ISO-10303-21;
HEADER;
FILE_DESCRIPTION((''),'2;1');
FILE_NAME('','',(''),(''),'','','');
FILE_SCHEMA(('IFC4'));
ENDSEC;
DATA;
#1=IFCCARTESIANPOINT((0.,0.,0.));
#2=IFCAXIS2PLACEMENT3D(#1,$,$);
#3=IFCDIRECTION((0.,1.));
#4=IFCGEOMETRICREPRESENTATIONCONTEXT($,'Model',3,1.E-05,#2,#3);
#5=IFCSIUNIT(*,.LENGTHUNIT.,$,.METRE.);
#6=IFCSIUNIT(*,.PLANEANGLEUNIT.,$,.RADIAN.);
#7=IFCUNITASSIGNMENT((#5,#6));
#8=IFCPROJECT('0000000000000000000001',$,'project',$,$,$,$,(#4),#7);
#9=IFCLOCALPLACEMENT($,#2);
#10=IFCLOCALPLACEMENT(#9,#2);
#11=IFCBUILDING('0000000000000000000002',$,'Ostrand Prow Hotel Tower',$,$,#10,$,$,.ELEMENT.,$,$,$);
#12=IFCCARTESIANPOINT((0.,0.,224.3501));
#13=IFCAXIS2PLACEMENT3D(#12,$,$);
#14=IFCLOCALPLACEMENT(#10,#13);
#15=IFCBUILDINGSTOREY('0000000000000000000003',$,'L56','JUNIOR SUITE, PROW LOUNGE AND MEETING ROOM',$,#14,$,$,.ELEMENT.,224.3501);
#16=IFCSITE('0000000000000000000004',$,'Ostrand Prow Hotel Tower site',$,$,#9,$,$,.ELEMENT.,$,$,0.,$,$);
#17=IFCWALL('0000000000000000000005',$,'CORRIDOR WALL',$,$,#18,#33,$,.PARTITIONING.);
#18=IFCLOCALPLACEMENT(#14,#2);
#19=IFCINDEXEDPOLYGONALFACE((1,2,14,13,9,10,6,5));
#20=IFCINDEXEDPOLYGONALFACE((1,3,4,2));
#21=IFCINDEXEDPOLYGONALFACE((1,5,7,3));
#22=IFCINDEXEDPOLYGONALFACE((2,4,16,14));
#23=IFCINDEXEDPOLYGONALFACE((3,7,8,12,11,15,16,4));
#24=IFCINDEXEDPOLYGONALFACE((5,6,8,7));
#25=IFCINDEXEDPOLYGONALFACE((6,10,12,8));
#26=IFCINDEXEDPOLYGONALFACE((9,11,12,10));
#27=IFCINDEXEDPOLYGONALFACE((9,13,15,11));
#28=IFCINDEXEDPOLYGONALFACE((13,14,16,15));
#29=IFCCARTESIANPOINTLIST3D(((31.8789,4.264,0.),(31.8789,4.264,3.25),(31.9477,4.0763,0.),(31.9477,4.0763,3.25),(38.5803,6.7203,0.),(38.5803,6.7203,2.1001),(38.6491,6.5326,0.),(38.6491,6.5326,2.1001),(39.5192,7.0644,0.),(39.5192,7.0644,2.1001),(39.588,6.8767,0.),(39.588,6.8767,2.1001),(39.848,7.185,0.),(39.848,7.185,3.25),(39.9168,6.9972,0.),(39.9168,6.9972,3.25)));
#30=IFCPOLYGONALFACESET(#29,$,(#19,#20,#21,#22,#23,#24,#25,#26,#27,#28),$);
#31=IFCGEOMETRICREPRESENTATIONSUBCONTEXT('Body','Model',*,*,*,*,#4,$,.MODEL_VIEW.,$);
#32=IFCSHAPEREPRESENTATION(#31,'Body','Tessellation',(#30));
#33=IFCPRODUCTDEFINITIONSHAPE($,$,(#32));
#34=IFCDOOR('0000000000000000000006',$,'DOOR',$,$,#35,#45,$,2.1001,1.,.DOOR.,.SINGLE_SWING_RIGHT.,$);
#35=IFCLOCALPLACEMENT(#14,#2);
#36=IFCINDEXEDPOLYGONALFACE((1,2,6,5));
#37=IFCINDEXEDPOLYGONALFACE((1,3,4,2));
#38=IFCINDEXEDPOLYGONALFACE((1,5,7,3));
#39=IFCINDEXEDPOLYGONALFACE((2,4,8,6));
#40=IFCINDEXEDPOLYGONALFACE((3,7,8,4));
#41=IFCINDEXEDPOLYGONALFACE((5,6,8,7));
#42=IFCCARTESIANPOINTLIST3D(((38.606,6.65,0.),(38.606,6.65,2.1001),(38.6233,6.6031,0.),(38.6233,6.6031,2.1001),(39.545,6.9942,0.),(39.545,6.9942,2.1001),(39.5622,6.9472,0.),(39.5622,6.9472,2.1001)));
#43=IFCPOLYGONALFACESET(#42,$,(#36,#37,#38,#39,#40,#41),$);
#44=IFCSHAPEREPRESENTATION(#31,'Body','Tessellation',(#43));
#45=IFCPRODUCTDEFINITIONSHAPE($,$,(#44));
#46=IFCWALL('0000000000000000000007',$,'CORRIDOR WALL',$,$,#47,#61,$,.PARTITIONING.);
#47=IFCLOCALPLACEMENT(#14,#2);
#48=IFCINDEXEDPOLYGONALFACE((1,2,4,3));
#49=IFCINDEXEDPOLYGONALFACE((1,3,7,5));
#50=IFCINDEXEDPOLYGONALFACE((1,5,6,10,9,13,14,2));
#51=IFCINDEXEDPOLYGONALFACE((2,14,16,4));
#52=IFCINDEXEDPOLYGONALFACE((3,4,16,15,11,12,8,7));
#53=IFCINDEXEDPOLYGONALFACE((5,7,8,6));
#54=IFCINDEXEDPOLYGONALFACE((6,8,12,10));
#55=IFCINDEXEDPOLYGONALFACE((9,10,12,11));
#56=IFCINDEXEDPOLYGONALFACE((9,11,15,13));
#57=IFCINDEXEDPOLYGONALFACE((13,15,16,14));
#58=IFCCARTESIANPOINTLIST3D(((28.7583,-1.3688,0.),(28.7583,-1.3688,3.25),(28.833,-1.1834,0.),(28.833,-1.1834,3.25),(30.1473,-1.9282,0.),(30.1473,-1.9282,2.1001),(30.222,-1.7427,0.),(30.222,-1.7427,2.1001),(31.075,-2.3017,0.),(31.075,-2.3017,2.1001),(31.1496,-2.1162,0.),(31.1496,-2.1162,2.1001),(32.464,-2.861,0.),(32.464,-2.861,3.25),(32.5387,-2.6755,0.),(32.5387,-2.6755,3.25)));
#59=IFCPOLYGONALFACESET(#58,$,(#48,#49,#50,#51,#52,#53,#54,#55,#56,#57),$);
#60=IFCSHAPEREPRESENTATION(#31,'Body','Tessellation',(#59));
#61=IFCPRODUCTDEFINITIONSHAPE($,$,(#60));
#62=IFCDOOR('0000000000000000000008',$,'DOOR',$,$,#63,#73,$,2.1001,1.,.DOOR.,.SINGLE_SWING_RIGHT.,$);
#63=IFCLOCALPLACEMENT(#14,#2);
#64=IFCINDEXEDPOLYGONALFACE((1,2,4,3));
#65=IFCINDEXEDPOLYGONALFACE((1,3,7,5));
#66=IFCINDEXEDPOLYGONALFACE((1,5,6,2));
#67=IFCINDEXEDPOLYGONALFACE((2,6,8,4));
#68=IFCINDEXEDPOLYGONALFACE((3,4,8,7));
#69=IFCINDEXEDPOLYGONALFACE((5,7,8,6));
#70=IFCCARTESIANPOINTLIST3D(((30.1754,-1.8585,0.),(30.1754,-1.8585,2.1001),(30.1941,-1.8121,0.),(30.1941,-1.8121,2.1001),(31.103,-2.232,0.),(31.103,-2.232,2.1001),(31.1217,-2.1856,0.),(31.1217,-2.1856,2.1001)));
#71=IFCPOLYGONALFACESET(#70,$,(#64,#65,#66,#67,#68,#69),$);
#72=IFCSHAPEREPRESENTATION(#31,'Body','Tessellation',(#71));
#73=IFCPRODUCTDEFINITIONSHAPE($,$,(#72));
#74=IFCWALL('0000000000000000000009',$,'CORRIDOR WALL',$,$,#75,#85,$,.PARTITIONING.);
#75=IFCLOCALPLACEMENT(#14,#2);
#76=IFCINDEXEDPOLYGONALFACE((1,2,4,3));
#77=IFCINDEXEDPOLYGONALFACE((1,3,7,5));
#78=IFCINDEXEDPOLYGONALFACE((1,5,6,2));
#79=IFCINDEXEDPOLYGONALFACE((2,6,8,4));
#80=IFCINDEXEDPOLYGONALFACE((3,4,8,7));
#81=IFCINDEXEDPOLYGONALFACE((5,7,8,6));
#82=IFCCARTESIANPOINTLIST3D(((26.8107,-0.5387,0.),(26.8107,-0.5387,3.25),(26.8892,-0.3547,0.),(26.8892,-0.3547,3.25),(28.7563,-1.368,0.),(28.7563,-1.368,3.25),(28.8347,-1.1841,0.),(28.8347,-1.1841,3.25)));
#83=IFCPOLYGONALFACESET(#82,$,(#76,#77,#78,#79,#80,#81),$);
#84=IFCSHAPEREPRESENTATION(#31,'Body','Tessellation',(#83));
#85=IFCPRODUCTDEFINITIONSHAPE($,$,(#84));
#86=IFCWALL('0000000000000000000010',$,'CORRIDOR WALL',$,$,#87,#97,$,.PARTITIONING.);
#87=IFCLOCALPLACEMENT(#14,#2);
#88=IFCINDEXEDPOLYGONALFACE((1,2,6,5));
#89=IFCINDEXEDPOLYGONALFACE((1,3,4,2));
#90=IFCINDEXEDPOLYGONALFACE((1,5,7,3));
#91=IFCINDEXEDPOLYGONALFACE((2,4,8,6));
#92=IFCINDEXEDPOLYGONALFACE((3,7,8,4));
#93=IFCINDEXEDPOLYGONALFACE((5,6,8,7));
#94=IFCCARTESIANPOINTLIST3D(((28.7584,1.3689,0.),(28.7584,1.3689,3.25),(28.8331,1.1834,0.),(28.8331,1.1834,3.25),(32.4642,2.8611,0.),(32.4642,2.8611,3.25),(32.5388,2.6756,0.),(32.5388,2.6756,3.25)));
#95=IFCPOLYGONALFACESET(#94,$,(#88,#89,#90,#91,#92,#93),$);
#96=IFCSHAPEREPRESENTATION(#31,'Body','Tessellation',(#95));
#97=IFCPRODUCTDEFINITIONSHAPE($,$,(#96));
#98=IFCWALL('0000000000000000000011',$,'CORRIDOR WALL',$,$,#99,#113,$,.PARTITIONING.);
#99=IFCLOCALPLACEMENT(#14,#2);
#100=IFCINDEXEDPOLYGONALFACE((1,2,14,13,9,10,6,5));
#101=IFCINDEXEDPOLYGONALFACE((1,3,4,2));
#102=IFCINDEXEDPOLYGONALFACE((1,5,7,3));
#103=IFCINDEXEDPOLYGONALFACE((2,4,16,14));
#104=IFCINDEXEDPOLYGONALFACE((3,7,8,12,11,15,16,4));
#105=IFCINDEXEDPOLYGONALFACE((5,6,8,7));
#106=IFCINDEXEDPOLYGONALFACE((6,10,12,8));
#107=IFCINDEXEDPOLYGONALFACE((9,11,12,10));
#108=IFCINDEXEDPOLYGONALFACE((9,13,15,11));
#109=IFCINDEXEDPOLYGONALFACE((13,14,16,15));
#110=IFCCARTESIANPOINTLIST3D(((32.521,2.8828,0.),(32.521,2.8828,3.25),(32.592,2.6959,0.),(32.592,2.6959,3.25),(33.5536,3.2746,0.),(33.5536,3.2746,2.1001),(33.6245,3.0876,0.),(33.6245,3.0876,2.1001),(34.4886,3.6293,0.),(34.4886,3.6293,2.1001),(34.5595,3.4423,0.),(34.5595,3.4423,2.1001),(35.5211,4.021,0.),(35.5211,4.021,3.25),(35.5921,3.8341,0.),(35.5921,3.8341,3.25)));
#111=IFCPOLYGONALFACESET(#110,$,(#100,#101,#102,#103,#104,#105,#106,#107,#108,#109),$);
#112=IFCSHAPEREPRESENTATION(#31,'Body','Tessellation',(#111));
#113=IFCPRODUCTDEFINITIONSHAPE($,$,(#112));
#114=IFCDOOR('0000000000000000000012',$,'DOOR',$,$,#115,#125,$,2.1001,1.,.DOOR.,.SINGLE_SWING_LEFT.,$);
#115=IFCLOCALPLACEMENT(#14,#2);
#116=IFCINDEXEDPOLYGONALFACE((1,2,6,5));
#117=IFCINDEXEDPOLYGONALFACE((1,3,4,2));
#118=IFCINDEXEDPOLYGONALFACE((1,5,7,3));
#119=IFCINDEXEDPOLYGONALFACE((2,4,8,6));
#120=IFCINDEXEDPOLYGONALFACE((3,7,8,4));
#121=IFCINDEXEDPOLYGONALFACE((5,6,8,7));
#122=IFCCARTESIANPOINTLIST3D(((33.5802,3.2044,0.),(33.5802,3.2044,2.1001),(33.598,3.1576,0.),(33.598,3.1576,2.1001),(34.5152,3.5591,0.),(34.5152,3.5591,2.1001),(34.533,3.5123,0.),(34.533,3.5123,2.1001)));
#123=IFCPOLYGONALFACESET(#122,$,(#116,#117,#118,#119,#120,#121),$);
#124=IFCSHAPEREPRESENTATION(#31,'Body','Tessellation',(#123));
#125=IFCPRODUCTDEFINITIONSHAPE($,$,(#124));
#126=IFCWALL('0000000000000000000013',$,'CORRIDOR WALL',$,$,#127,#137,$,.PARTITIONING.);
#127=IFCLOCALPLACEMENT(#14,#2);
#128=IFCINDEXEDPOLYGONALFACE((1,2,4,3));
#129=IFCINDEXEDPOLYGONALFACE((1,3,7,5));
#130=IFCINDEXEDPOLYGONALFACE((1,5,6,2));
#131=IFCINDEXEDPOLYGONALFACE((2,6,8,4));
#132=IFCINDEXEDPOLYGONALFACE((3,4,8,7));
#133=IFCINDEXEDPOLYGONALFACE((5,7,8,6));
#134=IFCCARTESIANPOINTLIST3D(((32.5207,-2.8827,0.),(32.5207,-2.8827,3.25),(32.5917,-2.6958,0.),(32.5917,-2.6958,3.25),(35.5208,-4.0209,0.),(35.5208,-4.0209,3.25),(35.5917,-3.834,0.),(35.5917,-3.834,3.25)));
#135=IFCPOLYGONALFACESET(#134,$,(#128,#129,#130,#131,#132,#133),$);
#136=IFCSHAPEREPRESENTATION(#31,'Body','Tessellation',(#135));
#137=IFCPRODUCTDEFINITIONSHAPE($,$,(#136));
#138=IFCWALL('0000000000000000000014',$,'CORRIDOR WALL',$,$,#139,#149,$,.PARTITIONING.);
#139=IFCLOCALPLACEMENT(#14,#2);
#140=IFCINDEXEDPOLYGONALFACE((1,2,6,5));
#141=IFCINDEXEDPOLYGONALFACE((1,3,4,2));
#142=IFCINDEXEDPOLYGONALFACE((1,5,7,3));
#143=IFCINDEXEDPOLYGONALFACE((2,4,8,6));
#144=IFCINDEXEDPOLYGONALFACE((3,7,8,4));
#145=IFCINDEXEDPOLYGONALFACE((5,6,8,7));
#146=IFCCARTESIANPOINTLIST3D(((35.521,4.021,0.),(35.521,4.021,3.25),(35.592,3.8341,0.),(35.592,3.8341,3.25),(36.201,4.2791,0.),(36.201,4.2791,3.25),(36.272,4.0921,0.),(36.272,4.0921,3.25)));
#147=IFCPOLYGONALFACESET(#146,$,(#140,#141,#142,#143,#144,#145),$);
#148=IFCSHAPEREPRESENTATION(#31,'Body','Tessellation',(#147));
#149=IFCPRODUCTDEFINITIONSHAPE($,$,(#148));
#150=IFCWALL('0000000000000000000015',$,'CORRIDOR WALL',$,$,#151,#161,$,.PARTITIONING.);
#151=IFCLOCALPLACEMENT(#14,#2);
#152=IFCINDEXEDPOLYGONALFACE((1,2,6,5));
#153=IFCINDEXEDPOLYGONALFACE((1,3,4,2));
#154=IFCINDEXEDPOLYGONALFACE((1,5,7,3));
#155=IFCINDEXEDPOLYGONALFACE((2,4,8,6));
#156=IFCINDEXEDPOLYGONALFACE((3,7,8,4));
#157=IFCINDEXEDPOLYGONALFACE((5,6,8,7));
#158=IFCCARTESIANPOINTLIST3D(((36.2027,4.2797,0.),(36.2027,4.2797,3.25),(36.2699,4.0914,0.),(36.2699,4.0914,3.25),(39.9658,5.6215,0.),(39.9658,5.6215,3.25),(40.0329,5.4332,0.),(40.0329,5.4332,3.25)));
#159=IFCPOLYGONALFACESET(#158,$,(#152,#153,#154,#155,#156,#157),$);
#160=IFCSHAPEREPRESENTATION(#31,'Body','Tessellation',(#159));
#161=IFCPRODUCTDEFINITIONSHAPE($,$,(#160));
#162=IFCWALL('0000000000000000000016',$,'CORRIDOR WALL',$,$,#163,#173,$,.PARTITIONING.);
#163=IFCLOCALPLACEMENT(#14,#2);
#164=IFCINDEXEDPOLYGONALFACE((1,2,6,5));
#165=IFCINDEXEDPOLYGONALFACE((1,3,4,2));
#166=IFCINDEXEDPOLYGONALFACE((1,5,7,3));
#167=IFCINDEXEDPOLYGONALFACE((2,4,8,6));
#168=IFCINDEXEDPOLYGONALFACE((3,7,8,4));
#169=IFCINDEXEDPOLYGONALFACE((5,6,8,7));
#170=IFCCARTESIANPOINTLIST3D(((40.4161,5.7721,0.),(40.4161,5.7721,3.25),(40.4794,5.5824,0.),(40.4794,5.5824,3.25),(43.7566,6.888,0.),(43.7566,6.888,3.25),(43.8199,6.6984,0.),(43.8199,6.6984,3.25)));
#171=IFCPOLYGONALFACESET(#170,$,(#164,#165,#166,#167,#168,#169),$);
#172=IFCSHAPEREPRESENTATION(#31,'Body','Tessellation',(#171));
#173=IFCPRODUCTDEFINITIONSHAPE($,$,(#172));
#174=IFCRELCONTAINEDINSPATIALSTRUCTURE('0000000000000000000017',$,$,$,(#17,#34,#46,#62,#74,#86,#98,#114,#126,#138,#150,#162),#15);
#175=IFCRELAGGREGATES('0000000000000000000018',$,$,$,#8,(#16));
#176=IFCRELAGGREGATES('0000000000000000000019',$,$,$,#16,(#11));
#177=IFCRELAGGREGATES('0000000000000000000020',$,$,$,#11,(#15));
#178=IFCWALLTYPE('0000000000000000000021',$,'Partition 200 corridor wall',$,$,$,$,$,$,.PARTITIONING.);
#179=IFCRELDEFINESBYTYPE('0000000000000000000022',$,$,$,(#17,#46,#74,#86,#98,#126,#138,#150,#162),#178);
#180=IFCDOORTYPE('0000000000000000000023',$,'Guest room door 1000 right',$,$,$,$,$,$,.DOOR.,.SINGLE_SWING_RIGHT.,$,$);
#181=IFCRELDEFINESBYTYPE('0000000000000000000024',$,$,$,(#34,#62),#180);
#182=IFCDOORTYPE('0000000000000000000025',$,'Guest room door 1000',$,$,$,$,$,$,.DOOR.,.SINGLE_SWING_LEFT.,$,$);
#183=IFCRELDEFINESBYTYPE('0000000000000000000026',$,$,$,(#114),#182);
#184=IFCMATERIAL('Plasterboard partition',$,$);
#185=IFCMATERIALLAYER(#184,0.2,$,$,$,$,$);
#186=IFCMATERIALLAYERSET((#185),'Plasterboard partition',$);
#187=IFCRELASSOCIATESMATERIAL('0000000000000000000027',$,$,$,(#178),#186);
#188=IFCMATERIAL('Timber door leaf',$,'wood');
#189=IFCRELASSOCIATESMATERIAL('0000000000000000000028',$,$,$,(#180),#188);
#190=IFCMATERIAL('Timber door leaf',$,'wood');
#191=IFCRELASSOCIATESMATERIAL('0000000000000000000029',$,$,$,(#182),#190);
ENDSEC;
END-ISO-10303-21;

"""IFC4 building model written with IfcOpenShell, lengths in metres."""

from ifc_helpers import new_model, si_unit, direction, frame, frame_2d, origin, place, context, subcontext, project, spatial, rectangle, extrude, material, layer, layer_set, type_object, element, fill, save


model = new_model("IFC4")

# Units and contexts
model_context = context("Model", 3, precision=1e-05, world=origin(), true_north=direction((0.0, 1.0)))
body_context = subcontext(model_context, "Body", "Model", "MODEL_VIEW")
ifc_project = project(units=[si_unit("LENGTHUNIT", "METRE"), si_unit("PLANEANGLEUNIT", "RADIAN")], contexts=[model_context])

# Site, building, storey
site_placement = place(None, origin())
site = spatial("IfcSite", under=ifc_project, at=site_placement, Name="Ostrand Prow Hotel Tower site", CompositionType="ELEMENT", RefElevation=0.0)
building_placement = place(site_placement, origin())
building = spatial("IfcBuilding", under=site, at=building_placement, Name="Ostrand Prow Hotel Tower", CompositionType="ELEMENT")
storey_placement = place(building_placement, frame((0.0, 0.0, 224.3501)))
storey = spatial("IfcBuildingStorey", under=building, at=storey_placement, Name="L56", Description="JUNIOR SUITE, PROW LOUNGE AND MEETING ROOM", CompositionType="ELEMENT", Elevation=224.3501)

# Walls, openings, doors
ifc_material_1 = material(Name="Plasterboard partition")
ifc_layer_1 = layer(ifc_material_1, 0.2)
ifc_layer_set_1 = layer_set([ifc_layer_1], Name="Plasterboard partition")
wall_type_1 = type_object("IfcWallType", Name="Partition 200 corridor wall", PredefinedType="PARTITIONING", material=ifc_layer_set_1)
wall_1_placement = place(storey_placement, frame((39.8823, 7.0911, 0.0), z_axis=(0.0, 0.0, 1.0), x_axis=(-0.938917, -0.344144, 0.0)))
wall_1 = element("IfcWall", 1, at=wall_1_placement, inside=storey, type_object=wall_type_1, Name="CORRIDOR WALL", PredefinedType="PARTITIONING", context=body_context, shape_type="SweptSolid", body=[
    extrude(rectangle(XDim=8.4875, YDim=0.2, at=frame_2d((4.2437, 0.0))), origin(), (0.0, 0.0, 1.0), 3.25),
])
opening_1_placement = place(wall_1_placement, frame((0.3501, 0.0, 0.0)))
opening_1 = element("IfcOpeningElement", 2, at=opening_1_placement, cuts=wall_1, PredefinedType="OPENING", context=body_context, shape_type="SweptSolid", body=[
    extrude(rectangle(XDim=1.0, YDim=2.1001, at=frame_2d((0.5, 1.05))), frame((0.0, 0.1099, 0.0), z_axis=(0.0, -1.0, 0.0), x_axis=(1.0, 0.0, 0.0)), (0.0, 0.0, 1.0), 0.22),
])
ifc_material_2 = material(Name="Timber door leaf", Category="wood")
door_type_1 = type_object("IfcDoorType", Name="Guest room door 1000 right", OperationType="SINGLE_SWING_RIGHT", PredefinedType="DOOR", material=ifc_material_2)
door_1_placement = place(opening_1_placement, origin())
door_1 = element("IfcDoor", 3, at=door_1_placement, inside=storey, type_object=door_type_1, Name="DOOR", OperationType="SINGLE_SWING_RIGHT", OverallHeight=2.1001, OverallWidth=1.0, PredefinedType="DOOR", context=body_context, shape_type="SweptSolid", body=[
    extrude(rectangle(XDim=1.0, YDim=2.1001, at=frame_2d((0.5, 1.05))), frame((0.0, 0.0249, 0.0), z_axis=(0.0, -1.0, 0.0), x_axis=(1.0, 0.0, 0.0)), (0.0, 0.0, 1.0), 0.05),
])
fill(opening_1, door_1)
wall_2_placement = place(storey_placement, frame((32.5015, -2.7683, 0.0), z_axis=(0.0, 0.0, 1.0), x_axis=(-0.927623, 0.373518, 0.0)))
wall_2 = element("IfcWall", 4, at=wall_2_placement, inside=storey, type_object=wall_type_1, Name="CORRIDOR WALL", PredefinedType="PARTITIONING", context=body_context, shape_type="SweptSolid", body=[
    extrude(rectangle(XDim=3.9949, YDim=0.2, at=frame_2d((1.9976, 0.0))), origin(), (0.0, 0.0, 1.0), 3.25),
])
opening_2_placement = place(wall_2_placement, frame((1.4976, 0.0, 0.0)))
opening_2 = element("IfcOpeningElement", 5, at=opening_2_placement, cuts=wall_2, PredefinedType="OPENING", context=body_context, shape_type="SweptSolid", body=[
    extrude(rectangle(XDim=1.0, YDim=2.1001, at=frame_2d((0.5, 1.05))), frame((0.0, 0.1099, 0.0), z_axis=(0.0, -1.0, 0.0), x_axis=(1.0, 0.0, 0.0)), (0.0, 0.0, 1.0), 0.22),
])
door_2_placement = place(opening_2_placement, origin())
door_2 = element("IfcDoor", 6, at=door_2_placement, inside=storey, type_object=door_type_1, Name="DOOR", OperationType="SINGLE_SWING_RIGHT", OverallHeight=2.1001, OverallWidth=1.0, PredefinedType="DOOR", context=body_context, shape_type="SweptSolid", body=[
    extrude(rectangle(XDim=1.0, YDim=2.1001, at=frame_2d((0.5, 1.05))), frame((0.0, 0.0249, 0.0), z_axis=(0.0, -1.0, 0.0), x_axis=(1.0, 0.0, 0.0)), (0.0, 0.0, 1.0), 0.05),
])
fill(opening_2, door_2)

# Walls
wall_3_placement = place(storey_placement, frame((28.7957, -1.2761, 0.0), z_axis=(0.0, 0.0, 1.0), x_axis=(-0.919908, 0.392135, 0.0)))
element("IfcWall", 7, at=wall_3_placement, inside=storey, type_object=wall_type_1, Name="CORRIDOR WALL", PredefinedType="PARTITIONING", context=body_context, shape_type="SweptSolid", body=[
    extrude(rectangle(XDim=2.115, YDim=0.2, at=frame_2d((1.0576, 0.0))), origin(), (0.0, 0.0, 1.0), 3.25),
])
wall_4_placement = place(storey_placement, frame((28.7957, 1.2761, 0.0), z_axis=(0.0, 0.0, 1.0), x_axis=(0.927623, 0.373518, 0.0)))
element("IfcWall", 8, at=wall_4_placement, inside=storey, type_object=wall_type_1, Name="CORRIDOR WALL", PredefinedType="PARTITIONING", context=body_context, shape_type="SweptSolid", body=[
    extrude(rectangle(XDim=3.9949, YDim=0.2, at=frame_2d((1.9976, 0.0))), origin(), (0.0, 0.0, 1.0), 3.25),
])

# Wall, opening, door
wall_5_placement = place(storey_placement, frame((32.5564, 2.7893, 0.0), z_axis=(0.0, 0.0, 1.0), x_axis=(0.934971, 0.354723, 0.0)))
wall_5 = element("IfcWall", 9, at=wall_5_placement, inside=storey, type_object=wall_type_1, Name="CORRIDOR WALL", PredefinedType="PARTITIONING", context=body_context, shape_type="SweptSolid", body=[
    extrude(rectangle(XDim=3.2087, YDim=0.2, at=frame_2d((1.6045, 0.0))), origin(), (0.0, 0.0, 1.0), 3.25),
])
opening_3_placement = place(wall_5_placement, frame((1.1045, 0.0, 0.0)))
opening_3 = element("IfcOpeningElement", 10, at=opening_3_placement, cuts=wall_5, PredefinedType="OPENING", context=body_context, shape_type="SweptSolid", body=[
    extrude(rectangle(XDim=1.0, YDim=2.1001, at=frame_2d((0.5, 1.05))), frame((0.0, 0.1099, 0.0), z_axis=(0.0, -1.0, 0.0), x_axis=(1.0, 0.0, 0.0)), (0.0, 0.0, 1.0), 0.22),
])
ifc_material_3 = material(Name="Timber door leaf", Category="wood")
door_type_2 = type_object("IfcDoorType", Name="Guest room door 1000", OperationType="SINGLE_SWING_LEFT", PredefinedType="DOOR", material=ifc_material_3)
door_3_placement = place(opening_3_placement, origin())
door_3 = element("IfcDoor", 11, at=door_3_placement, inside=storey, type_object=door_type_2, Name="DOOR", OperationType="SINGLE_SWING_LEFT", OverallHeight=2.1001, OverallWidth=1.0, PredefinedType="DOOR", context=body_context, shape_type="SweptSolid", body=[
    extrude(rectangle(XDim=1.0, YDim=2.1001, at=frame_2d((0.5, 1.05))), frame((0.0, 0.0249, 0.0), z_axis=(0.0, -1.0, 0.0), x_axis=(1.0, 0.0, 0.0)), (0.0, 0.0, 1.0), 0.05),
])
fill(opening_3, door_3)

# Walls
wall_6_placement = place(storey_placement, frame((35.5564, -3.9275, 0.0), z_axis=(0.0, 0.0, 1.0), x_axis=(-0.934971, 0.354723, 0.0)))
element("IfcWall", 12, at=wall_6_placement, inside=storey, type_object=wall_type_1, Name="CORRIDOR WALL", PredefinedType="PARTITIONING", context=body_context, shape_type="SweptSolid", body=[
    extrude(rectangle(XDim=3.2087, YDim=0.2, at=frame_2d((1.6045, 0.0))), origin(), (0.0, 0.0, 1.0), 3.25),
])
wall_7_placement = place(storey_placement, frame((35.5564, 3.9275, 0.0), z_axis=(0.0, 0.0, 1.0), x_axis=(0.934928, 0.354836, 0.0)))
element("IfcWall", 13, at=wall_7_placement, inside=storey, type_object=wall_type_1, Name="CORRIDOR WALL", PredefinedType="PARTITIONING", context=body_context, shape_type="SweptSolid", body=[
    extrude(rectangle(XDim=0.7273, YDim=0.2, at=frame_2d((0.3638, 0.0))), origin(), (0.0, 0.0, 1.0), 3.25),
])
wall_8_placement = place(storey_placement, frame((36.2363, 4.1855, 0.0), z_axis=(0.0, 0.0, 1.0), x_axis=(0.941909, 0.335868, 0.0)))
element("IfcWall", 14, at=wall_8_placement, inside=storey, type_object=wall_type_1, Name="CORRIDOR WALL", PredefinedType="PARTITIONING", context=body_context, shape_type="SweptSolid", body=[
    extrude(rectangle(XDim=3.9951, YDim=0.2, at=frame_2d((1.9976, 0.0))), origin(), (0.0, 0.0, 1.0), 3.25),
])
wall_9_placement = place(storey_placement, frame((40.4478, 5.6772, 0.0), z_axis=(0.0, 0.0, 1.0), x_axis=(0.948475, 0.316852, 0.0)))
element("IfcWall", 15, at=wall_9_placement, inside=storey, type_object=wall_type_1, Name="CORRIDOR WALL", PredefinedType="PARTITIONING", context=body_context, shape_type="SweptSolid", body=[
    extrude(rectangle(XDim=3.522, YDim=0.2, at=frame_2d((1.761, 0.0))), origin(), (0.0, 0.0, 1.0), 3.25),
])

save(model, "model.ifc")
